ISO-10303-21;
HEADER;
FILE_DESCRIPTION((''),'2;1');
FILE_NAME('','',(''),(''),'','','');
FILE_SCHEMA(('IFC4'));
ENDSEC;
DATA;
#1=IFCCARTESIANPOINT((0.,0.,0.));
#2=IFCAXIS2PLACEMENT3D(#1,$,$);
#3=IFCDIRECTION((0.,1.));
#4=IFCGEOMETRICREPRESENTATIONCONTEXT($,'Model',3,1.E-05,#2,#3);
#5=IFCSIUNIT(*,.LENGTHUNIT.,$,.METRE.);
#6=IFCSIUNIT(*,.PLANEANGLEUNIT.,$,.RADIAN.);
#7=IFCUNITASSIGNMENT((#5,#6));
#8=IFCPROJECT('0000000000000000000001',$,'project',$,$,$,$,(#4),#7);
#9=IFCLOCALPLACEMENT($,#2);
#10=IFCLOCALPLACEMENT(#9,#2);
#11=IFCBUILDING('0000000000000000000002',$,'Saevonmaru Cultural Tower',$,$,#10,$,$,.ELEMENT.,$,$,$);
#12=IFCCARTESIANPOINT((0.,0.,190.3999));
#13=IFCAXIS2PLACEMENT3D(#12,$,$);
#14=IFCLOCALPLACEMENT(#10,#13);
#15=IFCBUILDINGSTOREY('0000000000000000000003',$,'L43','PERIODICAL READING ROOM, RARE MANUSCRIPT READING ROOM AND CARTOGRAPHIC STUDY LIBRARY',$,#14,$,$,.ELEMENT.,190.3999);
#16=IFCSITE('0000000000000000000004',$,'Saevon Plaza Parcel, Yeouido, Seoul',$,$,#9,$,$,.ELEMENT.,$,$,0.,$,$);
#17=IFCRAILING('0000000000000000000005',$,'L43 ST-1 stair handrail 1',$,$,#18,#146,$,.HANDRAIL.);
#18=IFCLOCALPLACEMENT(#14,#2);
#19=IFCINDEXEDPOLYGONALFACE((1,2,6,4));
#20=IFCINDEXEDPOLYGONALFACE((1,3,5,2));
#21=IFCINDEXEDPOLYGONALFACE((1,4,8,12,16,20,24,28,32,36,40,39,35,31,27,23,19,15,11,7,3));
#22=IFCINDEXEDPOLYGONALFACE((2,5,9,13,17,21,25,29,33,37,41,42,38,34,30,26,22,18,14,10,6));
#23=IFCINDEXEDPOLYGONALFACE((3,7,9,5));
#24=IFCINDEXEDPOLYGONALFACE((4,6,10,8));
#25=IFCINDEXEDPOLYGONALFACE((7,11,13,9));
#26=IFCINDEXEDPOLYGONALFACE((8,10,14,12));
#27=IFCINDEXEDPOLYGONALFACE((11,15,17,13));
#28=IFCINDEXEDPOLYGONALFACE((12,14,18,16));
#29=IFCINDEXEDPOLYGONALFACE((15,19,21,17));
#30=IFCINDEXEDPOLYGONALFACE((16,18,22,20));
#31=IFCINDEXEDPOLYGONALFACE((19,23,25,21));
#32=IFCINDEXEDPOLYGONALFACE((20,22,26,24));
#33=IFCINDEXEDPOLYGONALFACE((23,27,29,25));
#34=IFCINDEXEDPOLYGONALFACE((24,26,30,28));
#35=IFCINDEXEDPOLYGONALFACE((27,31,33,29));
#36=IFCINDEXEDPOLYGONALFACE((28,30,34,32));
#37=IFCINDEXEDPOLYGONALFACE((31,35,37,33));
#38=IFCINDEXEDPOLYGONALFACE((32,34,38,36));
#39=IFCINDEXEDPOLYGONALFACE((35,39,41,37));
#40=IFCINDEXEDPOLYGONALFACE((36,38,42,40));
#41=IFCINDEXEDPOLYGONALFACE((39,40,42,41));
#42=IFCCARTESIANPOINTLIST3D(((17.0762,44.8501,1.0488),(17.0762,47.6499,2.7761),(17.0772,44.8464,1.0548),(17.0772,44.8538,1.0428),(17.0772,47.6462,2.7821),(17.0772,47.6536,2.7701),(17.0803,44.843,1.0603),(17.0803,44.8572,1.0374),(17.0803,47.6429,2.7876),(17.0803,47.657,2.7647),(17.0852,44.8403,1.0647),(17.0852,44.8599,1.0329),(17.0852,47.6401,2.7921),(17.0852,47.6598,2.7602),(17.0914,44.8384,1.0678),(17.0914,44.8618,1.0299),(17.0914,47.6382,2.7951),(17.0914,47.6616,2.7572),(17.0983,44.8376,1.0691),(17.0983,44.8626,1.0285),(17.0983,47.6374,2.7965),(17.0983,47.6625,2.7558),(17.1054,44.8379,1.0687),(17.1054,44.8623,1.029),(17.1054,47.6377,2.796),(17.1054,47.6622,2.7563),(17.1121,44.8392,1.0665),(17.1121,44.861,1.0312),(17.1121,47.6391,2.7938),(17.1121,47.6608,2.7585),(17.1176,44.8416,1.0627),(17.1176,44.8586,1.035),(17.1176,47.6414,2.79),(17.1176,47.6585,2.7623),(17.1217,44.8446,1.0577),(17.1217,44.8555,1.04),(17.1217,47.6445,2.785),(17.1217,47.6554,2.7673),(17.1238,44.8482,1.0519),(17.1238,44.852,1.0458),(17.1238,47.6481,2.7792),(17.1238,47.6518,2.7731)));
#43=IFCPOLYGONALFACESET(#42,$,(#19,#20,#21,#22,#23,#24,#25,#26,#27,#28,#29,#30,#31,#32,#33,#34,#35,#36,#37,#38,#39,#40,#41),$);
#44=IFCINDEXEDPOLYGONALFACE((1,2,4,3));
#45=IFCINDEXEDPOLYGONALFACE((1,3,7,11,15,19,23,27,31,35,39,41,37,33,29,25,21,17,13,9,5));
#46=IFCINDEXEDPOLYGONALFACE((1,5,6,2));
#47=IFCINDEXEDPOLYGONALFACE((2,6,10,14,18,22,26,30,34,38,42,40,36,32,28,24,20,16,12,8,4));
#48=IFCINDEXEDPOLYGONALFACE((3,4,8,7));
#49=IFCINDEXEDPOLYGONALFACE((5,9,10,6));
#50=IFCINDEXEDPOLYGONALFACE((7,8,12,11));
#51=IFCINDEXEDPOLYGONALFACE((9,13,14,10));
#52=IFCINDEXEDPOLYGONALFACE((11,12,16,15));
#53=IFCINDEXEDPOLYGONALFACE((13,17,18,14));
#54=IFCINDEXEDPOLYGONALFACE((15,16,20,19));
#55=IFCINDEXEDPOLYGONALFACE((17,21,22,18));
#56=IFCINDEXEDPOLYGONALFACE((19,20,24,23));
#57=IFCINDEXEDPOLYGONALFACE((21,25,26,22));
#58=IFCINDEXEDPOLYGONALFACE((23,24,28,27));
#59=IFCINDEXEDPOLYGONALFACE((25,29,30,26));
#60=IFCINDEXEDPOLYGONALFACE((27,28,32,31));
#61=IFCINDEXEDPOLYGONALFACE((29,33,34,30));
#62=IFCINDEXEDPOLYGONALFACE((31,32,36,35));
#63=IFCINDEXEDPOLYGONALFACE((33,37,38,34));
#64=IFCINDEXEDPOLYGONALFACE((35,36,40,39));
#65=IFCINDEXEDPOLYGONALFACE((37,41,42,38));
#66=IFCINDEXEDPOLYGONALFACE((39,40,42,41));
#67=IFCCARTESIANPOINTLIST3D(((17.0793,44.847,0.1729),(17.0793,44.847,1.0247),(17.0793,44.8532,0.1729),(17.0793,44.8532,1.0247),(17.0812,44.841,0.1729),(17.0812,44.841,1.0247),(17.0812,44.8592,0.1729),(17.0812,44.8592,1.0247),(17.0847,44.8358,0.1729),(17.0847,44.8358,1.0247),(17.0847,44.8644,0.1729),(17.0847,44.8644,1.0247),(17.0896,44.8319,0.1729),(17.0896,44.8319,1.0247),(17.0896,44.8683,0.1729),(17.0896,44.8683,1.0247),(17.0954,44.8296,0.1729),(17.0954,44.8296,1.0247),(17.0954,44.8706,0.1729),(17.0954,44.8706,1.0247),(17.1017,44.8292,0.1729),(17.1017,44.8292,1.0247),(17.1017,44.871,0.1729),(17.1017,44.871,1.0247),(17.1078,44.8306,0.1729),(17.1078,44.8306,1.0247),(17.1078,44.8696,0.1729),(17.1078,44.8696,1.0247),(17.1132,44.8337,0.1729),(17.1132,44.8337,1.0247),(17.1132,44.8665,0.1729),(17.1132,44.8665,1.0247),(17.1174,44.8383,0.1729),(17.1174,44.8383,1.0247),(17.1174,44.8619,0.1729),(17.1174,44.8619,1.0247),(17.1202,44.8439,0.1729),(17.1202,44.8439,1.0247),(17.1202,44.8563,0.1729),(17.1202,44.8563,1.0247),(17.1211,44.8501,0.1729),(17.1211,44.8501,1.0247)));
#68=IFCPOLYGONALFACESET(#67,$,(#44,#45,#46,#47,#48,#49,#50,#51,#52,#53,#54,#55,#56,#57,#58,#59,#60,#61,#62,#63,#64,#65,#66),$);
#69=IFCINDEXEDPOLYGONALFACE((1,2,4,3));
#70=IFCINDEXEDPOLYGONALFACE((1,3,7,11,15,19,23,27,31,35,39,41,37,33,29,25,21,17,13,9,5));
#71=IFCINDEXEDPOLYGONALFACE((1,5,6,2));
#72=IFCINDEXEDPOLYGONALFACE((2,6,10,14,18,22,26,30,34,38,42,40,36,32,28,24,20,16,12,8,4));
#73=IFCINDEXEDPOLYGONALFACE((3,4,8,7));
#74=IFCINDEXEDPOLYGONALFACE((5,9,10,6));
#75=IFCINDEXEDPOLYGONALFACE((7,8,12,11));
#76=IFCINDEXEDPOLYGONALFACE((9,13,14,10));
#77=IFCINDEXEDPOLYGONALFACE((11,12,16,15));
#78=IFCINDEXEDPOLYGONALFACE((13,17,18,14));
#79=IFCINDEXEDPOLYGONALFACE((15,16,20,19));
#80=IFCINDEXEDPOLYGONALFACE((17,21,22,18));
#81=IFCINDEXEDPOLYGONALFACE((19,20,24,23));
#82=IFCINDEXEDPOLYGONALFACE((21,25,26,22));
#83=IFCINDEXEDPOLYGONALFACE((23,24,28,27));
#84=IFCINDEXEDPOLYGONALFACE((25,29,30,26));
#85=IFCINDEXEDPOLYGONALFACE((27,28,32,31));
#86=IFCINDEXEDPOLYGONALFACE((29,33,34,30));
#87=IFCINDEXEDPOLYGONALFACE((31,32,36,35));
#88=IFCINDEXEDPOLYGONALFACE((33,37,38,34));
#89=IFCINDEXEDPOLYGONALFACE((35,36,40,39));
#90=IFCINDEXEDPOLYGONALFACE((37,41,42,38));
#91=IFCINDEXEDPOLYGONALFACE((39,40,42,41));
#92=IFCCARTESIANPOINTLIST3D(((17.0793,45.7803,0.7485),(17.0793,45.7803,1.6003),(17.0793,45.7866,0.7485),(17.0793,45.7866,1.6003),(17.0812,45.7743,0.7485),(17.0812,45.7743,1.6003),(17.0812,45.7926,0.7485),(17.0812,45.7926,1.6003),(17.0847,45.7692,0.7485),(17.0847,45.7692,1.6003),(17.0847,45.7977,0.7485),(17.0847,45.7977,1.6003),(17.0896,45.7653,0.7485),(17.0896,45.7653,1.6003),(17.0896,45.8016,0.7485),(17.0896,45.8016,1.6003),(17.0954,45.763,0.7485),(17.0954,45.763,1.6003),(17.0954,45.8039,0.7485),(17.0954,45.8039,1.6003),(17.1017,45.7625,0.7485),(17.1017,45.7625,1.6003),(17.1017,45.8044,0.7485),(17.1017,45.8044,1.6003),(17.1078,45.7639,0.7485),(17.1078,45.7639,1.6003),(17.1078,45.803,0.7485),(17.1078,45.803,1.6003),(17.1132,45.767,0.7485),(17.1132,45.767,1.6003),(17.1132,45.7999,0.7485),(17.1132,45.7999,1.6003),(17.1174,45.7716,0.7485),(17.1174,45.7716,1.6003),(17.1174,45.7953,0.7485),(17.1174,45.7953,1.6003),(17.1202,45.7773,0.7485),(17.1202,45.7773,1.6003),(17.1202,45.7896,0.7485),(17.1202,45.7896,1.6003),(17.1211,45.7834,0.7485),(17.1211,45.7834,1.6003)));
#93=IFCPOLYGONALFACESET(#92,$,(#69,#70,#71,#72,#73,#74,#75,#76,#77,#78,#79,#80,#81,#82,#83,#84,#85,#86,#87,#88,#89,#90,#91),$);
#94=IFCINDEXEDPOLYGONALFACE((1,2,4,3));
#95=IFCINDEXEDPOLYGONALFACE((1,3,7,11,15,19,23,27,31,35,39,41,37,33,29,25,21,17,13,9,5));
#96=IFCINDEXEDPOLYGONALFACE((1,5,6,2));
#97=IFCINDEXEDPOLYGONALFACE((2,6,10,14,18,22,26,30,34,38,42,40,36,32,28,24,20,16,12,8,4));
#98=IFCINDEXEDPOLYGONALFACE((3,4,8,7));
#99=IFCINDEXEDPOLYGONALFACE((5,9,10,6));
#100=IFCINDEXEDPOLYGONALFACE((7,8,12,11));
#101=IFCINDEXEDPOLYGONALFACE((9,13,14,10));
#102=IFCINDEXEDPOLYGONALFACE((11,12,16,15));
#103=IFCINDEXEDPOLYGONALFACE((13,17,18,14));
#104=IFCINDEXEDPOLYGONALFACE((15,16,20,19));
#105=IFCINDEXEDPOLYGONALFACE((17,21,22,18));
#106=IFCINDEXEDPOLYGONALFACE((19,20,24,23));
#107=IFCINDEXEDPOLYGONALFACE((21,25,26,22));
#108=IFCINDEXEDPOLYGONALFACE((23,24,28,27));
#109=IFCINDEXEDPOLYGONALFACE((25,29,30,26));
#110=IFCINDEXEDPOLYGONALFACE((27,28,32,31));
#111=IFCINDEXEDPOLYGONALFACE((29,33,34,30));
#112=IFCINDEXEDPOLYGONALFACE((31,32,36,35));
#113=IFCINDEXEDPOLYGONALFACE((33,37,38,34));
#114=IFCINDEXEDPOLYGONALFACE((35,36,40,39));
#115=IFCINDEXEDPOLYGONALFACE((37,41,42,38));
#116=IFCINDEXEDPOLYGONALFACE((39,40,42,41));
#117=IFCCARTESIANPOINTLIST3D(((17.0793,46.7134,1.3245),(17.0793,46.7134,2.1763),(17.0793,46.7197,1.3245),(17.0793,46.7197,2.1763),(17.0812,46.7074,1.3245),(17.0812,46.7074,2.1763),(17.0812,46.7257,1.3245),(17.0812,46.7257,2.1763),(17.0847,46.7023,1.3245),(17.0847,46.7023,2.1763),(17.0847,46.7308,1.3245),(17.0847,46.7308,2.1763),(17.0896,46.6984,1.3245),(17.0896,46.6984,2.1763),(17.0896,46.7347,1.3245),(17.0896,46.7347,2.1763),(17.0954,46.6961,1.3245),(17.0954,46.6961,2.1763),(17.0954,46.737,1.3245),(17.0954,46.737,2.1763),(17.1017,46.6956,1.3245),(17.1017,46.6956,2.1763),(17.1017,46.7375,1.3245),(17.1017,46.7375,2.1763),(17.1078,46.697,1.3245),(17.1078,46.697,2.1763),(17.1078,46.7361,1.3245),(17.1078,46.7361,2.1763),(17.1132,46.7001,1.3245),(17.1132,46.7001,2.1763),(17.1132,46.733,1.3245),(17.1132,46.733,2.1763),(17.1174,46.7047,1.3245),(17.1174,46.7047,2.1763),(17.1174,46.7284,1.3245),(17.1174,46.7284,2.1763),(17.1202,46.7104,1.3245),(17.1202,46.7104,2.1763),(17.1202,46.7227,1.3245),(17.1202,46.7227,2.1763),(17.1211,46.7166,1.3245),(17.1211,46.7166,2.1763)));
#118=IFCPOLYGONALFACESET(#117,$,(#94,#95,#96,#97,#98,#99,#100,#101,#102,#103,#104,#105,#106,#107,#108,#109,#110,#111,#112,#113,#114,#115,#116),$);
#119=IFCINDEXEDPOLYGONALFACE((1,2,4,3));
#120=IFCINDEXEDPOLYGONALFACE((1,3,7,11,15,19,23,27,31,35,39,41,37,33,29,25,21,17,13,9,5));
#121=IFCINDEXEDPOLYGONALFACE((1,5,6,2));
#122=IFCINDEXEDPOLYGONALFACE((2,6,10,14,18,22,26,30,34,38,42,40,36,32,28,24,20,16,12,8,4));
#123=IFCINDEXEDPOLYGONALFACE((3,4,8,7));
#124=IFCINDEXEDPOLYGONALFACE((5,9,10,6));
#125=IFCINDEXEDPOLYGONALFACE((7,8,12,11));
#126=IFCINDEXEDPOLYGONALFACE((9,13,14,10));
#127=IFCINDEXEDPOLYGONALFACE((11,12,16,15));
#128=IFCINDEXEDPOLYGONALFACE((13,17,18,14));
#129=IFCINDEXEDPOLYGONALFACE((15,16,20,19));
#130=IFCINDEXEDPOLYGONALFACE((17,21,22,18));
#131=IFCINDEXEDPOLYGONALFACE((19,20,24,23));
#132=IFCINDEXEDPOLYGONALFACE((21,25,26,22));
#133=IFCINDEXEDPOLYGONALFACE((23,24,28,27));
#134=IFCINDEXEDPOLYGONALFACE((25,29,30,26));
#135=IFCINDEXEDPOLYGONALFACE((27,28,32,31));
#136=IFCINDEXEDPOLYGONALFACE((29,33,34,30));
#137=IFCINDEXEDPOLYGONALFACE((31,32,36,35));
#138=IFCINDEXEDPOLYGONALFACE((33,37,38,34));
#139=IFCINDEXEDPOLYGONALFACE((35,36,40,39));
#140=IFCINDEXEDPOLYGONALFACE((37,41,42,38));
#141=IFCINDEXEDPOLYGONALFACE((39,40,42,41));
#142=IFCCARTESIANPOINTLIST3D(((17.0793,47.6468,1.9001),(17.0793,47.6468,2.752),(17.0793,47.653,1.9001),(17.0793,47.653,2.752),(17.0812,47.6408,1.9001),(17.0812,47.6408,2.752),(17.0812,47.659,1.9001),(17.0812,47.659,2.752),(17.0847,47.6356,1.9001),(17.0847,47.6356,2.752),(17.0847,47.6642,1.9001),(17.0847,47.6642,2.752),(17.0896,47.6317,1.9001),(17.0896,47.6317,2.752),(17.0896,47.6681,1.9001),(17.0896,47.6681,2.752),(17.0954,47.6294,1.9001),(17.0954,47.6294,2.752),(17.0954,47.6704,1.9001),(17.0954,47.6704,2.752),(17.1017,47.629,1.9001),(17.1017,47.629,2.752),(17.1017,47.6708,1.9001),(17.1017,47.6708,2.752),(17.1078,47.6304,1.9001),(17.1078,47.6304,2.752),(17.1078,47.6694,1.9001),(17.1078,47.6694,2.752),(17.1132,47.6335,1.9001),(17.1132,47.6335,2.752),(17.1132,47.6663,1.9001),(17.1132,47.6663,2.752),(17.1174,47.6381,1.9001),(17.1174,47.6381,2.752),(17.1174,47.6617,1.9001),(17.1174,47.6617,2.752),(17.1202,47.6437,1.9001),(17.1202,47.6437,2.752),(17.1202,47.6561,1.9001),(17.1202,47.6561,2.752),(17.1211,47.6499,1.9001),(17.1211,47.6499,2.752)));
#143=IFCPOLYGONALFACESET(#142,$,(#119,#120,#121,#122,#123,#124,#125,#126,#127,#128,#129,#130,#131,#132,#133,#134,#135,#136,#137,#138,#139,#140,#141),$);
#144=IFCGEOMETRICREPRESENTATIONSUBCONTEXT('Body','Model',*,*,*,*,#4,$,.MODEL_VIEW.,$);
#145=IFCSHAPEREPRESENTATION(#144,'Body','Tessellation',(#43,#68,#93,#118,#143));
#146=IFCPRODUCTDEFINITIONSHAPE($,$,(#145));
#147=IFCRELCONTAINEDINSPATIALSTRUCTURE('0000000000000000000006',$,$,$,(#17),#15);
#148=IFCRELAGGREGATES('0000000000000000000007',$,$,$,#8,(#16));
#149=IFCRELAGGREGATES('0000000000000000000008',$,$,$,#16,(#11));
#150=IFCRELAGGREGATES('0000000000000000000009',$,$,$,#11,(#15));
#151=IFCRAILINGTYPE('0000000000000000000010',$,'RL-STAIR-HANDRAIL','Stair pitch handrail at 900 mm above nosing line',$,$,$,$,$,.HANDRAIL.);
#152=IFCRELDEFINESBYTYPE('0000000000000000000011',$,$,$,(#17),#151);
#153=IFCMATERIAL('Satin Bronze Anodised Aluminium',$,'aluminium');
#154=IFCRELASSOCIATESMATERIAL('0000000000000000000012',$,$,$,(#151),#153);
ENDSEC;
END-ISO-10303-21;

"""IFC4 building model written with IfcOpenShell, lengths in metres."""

from ifc_helpers import new_model, si_unit, direction, frame, origin, origin_2d, place, context, subcontext, project, spatial, circle, extrude, material, type_object, element, save


model = new_model("IFC4")

# Units and contexts
model_context = context("Model", 3, precision=1e-05, world=origin(), true_north=direction((0.0, 1.0)))
body_context = subcontext(model_context, "Body", "Model", "MODEL_VIEW")
ifc_project = project(units=[si_unit("LENGTHUNIT", "METRE"), si_unit("PLANEANGLEUNIT", "RADIAN")], contexts=[model_context])

# Site, building, storey
site_placement = place(None, origin())
site = spatial("IfcSite", under=ifc_project, at=site_placement, Name="Saevon Plaza Parcel, Yeouido, Seoul", CompositionType="ELEMENT", RefElevation=0.0)
building_placement = place(site_placement, origin())
building = spatial("IfcBuilding", under=site, at=building_placement, Name="Saevonmaru Cultural Tower", CompositionType="ELEMENT")
storey_placement = place(building_placement, frame((0.0, 0.0, 190.3999)))
storey = spatial("IfcBuildingStorey", under=building, at=storey_placement, Name="L43", Description="PERIODICAL READING ROOM, RARE MANUSCRIPT READING ROOM AND CARTOGRAPHIC STUDY LIBRARY", CompositionType="ELEMENT", Elevation=190.3999)

# Shared definitions
ifc_material_1 = material(Name="Satin Bronze Anodised Aluminium", Category="aluminium")

# Railing
railing_type_1 = type_object("IfcRailingType", Name="RL-STAIR-HANDRAIL", Description="Stair pitch handrail at 900 mm above nosing line", PredefinedType="HANDRAIL", material=ifc_material_1)
railing_1_placement = place(storey_placement, frame((17.1001, 44.8501, 0.1729)))
element("IfcRailing", 1, at=railing_1_placement, inside=storey, type_object=railing_type_1, Name="L43 ST-1 stair handrail 1", PredefinedType="HANDRAIL", context=body_context, shape_type="SweptSolid", body=[
    extrude(circle(Radius=0.0239, at=origin_2d()), frame((0.0, 0.0, 0.876), z_axis=(0.0, 0.851069, 0.525054), x_axis=(-1.0, 0.0, 0.0)), (0.0, 0.0, 1.0), 3.2898),
    extrude(circle(Radius=0.021, at=origin_2d()), origin(), (0.0, 0.0, 1.0), 0.8518),
    extrude(circle(Radius=0.021, at=origin_2d()), frame((0.0, 0.9333, 0.5757)), (0.0, 0.0, 1.0), 0.8518),
    extrude(circle(Radius=0.021, at=origin_2d()), frame((0.0, 1.8665, 1.1516)), (0.0, 0.0, 1.0), 0.8518),
    extrude(circle(Radius=0.021, at=origin_2d()), frame((0.0, 2.7998, 1.7273)), (0.0, 0.0, 1.0), 0.8518),
])

save(model, "model.ifc")
